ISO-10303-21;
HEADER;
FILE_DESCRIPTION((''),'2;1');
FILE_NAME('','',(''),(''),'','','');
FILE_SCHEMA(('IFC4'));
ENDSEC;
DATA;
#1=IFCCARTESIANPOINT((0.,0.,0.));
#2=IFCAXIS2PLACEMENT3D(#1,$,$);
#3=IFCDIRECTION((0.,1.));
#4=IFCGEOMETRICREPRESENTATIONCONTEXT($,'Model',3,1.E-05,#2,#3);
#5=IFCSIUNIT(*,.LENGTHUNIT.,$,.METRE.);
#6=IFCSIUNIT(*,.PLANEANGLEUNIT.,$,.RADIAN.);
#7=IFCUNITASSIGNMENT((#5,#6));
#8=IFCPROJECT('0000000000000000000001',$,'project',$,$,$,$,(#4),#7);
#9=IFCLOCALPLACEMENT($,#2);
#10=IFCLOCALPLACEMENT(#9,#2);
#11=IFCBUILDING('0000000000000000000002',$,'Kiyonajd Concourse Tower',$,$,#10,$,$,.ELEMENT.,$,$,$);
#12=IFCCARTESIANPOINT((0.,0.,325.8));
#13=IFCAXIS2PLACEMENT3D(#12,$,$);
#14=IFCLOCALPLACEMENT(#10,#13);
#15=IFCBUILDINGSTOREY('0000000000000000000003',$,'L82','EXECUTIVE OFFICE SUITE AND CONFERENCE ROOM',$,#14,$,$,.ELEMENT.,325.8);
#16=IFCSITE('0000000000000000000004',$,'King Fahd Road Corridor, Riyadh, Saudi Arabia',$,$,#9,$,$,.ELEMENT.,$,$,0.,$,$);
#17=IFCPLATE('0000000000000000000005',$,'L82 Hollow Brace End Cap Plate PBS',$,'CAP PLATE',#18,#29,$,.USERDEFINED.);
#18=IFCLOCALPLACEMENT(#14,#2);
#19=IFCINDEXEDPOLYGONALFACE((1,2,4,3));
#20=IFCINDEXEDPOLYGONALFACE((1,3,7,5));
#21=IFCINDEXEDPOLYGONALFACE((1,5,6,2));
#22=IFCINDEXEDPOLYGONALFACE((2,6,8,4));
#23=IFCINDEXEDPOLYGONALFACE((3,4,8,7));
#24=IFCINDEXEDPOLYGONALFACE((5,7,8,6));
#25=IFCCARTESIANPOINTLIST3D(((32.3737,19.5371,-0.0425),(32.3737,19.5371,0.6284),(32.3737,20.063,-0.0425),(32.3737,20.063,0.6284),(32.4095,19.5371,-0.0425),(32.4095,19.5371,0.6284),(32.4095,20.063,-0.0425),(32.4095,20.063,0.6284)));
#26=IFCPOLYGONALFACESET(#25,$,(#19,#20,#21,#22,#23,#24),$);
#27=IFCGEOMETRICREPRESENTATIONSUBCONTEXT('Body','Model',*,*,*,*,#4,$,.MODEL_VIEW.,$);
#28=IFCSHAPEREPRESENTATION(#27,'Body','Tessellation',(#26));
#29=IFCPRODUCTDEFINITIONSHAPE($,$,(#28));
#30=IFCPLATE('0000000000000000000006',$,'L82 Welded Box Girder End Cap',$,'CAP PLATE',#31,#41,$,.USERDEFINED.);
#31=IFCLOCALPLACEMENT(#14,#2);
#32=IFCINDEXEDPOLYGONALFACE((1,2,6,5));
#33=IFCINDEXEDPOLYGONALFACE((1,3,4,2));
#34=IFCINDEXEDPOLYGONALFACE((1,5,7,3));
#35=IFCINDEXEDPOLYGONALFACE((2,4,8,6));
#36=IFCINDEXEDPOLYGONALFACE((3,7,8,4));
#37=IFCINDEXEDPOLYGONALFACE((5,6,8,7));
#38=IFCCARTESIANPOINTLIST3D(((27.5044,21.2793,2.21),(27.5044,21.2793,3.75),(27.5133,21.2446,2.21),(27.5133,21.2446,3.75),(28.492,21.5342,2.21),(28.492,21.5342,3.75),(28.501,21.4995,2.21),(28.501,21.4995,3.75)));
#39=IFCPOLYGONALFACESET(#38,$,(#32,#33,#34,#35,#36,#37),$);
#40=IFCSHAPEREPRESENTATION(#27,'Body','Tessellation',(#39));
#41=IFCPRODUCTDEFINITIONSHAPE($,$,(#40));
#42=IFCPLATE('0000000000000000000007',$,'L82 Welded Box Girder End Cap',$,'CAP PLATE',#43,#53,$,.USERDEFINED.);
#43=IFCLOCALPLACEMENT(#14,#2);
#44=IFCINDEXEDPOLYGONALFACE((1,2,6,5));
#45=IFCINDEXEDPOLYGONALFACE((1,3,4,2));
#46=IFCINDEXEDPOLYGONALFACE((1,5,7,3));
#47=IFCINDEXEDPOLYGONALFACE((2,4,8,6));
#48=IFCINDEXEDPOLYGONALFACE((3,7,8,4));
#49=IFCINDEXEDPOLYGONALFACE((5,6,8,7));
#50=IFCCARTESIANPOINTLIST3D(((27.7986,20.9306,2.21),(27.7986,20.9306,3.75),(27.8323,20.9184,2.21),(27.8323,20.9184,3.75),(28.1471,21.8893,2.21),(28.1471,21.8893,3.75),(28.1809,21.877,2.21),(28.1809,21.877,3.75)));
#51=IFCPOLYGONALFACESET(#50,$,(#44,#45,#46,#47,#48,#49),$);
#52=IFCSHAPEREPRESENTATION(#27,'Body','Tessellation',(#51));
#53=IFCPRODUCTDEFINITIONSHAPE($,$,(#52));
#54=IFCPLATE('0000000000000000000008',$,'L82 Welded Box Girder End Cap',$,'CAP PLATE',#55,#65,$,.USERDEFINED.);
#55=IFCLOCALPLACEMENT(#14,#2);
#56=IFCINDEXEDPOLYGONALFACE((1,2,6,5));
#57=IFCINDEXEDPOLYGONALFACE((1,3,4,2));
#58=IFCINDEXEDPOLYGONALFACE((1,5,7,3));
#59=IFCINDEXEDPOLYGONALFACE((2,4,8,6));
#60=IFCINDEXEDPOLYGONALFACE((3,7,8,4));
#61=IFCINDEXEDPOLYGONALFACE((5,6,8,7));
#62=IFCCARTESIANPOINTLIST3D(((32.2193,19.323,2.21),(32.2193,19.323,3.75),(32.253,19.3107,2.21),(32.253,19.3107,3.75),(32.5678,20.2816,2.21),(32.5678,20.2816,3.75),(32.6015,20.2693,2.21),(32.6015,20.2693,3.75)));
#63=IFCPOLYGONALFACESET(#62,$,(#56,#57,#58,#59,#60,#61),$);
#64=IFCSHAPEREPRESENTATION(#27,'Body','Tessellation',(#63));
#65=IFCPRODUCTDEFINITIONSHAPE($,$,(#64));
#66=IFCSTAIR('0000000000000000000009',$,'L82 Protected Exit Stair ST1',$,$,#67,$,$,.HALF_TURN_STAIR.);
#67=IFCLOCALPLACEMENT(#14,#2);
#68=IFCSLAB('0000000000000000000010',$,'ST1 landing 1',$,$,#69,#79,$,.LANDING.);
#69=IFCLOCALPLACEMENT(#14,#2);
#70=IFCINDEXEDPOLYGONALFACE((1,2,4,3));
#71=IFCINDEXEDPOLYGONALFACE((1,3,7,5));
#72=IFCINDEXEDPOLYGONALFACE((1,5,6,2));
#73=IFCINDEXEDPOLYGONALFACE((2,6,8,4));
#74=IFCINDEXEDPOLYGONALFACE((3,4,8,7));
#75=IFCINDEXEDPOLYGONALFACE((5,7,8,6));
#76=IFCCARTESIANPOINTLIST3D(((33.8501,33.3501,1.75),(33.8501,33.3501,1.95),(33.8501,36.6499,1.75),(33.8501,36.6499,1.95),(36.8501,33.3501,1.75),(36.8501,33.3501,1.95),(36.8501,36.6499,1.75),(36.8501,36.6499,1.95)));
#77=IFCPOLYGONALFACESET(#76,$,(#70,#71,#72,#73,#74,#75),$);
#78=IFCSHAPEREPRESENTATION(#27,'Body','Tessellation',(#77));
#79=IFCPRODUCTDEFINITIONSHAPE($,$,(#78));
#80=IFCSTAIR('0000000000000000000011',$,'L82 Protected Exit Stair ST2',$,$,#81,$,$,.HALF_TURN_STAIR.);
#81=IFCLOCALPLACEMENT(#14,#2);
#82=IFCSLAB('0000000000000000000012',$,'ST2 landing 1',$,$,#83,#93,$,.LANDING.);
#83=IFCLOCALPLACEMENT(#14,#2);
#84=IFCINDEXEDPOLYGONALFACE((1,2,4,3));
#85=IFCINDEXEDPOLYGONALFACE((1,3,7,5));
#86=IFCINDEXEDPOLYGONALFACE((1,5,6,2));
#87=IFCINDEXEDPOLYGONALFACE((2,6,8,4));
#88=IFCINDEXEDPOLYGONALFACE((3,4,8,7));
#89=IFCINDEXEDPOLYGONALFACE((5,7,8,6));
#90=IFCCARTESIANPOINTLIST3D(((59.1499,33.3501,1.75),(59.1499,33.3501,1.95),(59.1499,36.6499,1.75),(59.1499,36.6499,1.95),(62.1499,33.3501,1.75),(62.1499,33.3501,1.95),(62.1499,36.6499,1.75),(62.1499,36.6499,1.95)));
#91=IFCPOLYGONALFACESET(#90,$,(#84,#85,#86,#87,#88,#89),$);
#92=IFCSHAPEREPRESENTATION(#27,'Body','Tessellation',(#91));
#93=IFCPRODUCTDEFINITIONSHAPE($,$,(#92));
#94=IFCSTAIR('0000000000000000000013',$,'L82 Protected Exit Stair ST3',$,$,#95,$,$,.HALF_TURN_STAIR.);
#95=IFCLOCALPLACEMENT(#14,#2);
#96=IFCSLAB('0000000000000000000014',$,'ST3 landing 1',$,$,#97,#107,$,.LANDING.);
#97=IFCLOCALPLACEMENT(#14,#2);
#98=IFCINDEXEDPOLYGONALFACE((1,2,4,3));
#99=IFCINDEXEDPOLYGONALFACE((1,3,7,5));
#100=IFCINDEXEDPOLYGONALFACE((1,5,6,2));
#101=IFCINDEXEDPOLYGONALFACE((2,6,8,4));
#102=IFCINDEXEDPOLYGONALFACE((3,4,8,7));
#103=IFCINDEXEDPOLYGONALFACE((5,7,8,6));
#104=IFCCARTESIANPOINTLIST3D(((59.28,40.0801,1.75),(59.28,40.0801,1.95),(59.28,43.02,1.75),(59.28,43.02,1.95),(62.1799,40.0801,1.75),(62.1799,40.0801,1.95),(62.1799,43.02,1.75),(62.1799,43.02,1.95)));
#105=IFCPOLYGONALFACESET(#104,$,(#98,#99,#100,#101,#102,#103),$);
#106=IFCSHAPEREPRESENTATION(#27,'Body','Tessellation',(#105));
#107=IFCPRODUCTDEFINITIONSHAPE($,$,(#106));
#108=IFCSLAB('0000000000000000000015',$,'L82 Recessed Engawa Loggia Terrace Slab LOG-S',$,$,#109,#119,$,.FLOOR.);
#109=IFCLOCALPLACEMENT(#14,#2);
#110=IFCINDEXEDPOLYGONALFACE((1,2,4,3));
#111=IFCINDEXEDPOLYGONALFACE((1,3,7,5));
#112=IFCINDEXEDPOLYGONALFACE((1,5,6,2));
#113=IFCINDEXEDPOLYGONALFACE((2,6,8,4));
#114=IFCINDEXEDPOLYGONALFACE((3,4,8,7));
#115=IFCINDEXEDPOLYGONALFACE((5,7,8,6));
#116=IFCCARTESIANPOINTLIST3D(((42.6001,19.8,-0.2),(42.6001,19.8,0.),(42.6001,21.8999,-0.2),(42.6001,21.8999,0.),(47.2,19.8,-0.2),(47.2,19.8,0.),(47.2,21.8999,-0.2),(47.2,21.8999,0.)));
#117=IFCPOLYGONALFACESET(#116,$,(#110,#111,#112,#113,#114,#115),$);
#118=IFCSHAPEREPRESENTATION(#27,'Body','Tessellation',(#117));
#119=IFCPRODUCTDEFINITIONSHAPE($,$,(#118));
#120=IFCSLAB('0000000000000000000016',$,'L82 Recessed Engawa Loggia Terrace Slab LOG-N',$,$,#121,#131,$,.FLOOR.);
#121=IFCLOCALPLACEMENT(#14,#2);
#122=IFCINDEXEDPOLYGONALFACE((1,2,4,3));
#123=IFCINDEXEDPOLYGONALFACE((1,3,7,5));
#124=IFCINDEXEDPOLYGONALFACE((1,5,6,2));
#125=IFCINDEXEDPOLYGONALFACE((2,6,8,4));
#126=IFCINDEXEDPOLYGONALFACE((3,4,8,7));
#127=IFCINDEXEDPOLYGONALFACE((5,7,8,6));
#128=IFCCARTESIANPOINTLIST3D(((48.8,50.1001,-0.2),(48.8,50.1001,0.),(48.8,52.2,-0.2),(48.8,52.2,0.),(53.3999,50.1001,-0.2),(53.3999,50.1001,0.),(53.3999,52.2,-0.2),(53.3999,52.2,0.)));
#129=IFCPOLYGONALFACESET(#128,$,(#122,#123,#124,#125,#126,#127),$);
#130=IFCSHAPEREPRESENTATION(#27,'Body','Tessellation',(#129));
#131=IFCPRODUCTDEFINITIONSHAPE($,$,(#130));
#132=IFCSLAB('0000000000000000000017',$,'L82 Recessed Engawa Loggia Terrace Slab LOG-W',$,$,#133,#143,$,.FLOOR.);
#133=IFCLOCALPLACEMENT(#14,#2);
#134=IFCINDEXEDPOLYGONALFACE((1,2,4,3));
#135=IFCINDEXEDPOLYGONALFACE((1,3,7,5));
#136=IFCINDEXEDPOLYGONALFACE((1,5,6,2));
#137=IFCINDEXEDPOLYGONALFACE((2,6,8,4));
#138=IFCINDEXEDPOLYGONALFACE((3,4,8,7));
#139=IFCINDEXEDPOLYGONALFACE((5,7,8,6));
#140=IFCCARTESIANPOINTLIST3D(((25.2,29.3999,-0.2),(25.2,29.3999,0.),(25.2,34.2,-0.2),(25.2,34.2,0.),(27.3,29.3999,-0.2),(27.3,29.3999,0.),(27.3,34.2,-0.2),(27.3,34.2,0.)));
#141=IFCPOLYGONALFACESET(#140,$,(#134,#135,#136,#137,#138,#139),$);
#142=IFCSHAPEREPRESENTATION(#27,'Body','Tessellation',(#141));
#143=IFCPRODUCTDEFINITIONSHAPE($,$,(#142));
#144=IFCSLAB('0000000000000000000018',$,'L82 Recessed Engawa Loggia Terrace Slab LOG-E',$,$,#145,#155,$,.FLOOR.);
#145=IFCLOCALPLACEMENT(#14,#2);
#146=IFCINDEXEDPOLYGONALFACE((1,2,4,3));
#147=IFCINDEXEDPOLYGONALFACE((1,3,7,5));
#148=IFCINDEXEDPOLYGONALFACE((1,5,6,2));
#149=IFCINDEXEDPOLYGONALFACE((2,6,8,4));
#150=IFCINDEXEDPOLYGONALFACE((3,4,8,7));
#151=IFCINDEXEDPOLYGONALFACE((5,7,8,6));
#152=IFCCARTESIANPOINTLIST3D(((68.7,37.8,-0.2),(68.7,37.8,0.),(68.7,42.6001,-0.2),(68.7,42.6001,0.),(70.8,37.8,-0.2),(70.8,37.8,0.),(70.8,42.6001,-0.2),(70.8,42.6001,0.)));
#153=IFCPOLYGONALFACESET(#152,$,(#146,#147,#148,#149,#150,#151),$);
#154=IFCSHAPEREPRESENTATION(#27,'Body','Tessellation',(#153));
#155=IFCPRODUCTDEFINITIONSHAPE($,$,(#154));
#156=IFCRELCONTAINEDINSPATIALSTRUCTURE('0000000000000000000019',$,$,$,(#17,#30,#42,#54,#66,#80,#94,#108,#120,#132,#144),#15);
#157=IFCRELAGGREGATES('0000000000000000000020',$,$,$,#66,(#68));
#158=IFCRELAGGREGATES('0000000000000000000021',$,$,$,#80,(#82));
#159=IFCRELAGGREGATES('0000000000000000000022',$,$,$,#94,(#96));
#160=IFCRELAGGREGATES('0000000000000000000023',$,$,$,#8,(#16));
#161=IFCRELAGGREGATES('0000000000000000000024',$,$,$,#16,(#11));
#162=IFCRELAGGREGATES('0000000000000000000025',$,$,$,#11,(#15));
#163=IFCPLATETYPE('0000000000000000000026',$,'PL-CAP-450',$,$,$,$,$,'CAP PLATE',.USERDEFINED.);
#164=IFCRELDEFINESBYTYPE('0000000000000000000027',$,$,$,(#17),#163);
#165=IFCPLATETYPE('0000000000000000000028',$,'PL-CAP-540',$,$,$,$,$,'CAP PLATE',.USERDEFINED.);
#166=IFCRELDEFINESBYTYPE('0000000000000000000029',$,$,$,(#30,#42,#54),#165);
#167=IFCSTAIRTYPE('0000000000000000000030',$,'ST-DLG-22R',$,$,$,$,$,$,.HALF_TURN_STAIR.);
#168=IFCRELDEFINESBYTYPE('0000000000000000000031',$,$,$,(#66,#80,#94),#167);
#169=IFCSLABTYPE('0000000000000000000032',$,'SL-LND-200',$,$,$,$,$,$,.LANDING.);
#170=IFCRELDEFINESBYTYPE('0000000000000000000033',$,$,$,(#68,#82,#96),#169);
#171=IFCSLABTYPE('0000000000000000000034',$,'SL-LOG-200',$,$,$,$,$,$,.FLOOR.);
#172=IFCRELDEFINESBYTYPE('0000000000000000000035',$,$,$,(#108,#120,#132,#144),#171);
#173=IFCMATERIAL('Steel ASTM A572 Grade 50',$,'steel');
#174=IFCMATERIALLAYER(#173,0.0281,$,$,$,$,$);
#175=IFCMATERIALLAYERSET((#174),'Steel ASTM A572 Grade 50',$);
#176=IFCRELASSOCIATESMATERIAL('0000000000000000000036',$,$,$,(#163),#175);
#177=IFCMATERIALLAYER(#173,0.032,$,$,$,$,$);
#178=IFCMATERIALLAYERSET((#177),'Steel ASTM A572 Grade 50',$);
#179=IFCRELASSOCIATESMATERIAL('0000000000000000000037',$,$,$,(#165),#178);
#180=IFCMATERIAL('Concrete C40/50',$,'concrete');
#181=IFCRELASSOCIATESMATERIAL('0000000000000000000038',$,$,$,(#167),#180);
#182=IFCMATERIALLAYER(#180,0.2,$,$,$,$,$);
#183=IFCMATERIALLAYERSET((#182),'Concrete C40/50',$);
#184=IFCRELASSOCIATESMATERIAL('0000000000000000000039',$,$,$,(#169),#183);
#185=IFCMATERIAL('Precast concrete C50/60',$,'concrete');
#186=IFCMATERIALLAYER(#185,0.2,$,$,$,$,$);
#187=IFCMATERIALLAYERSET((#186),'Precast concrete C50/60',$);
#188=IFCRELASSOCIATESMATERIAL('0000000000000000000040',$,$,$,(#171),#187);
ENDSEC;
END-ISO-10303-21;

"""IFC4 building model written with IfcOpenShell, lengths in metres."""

from ifc_helpers import new_model, si_unit, direction, frame, origin, origin_2d, place, context, subcontext, project, spatial, polyline, rectangle, outline, extrude, material, layer, layer_set, type_object, element, aggregate, save


model = new_model("IFC4")

# Units and contexts
model_context = context("Model", 3, precision=1e-05, world=origin(), true_north=direction((0.0, 1.0)))
body_context = subcontext(model_context, "Body", "Model", "MODEL_VIEW")
ifc_project = project(units=[si_unit("LENGTHUNIT", "METRE"), si_unit("PLANEANGLEUNIT", "RADIAN")], contexts=[model_context])

# Site, building, storey
site_placement = place(None, origin())
site = spatial("IfcSite", under=ifc_project, at=site_placement, Name="King Fahd Road Corridor, Riyadh, Saudi Arabia", CompositionType="ELEMENT", RefElevation=0.0)
building_placement = place(site_placement, origin())
building = spatial("IfcBuilding", under=site, at=building_placement, Name="Kiyonajd Concourse Tower", CompositionType="ELEMENT")
storey_placement = place(building_placement, frame((0.0, 0.0, 325.8)))
storey = spatial("IfcBuildingStorey", under=building, at=storey_placement, Name="L82", Description="EXECUTIVE OFFICE SUITE AND CONFERENCE ROOM", CompositionType="ELEMENT", Elevation=325.8)

# Shared definitions
ifc_material_1 = material(Name="Steel ASTM A572 Grade 50", Category="steel")

# Plates
ifc_layer_1 = layer(ifc_material_1, 0.0281)
ifc_layer_set_1 = layer_set([ifc_layer_1], Name="Steel ASTM A572 Grade 50")
plate_type_1 = type_object("IfcPlateType", Name="PL-CAP-450", ElementType="CAP PLATE", PredefinedType="USERDEFINED", material=ifc_layer_set_1)
plate_placement = place(storey_placement, frame((32.3916, 19.8, -0.0425), z_axis=(0.0, 0.0, 1.0), x_axis=(-1.0, 0.0, 0.0)))
element("IfcPlate", 1, at=plate_placement, inside=storey, type_object=plate_type_1, Name="L82 Hollow Brace End Cap Plate PBS", ObjectType="CAP PLATE", PredefinedType="USERDEFINED", context=body_context, shape_type="SweptSolid", body=[
    extrude(rectangle(XDim=0.0359, YDim=0.5259, at=origin_2d()), origin(), (0.0, 0.0, 1.0), 0.6709),
])
ifc_layer_2 = layer(ifc_material_1, 0.032)
ifc_layer_set_2 = layer_set([ifc_layer_2], Name="Steel ASTM A572 Grade 50")
plate_type_2 = type_object("IfcPlateType", Name="PL-CAP-540", ElementType="CAP PLATE", PredefinedType="USERDEFINED", material=ifc_layer_set_2)
for number, where, z_axis, x_axis, name in (
    (2, (28.0027, 21.3894, 2.21), (0.0, 0.0, 1.0), (0.249873, -0.968279, 0.0), "L82 Welded Box Girder End Cap"),
    (3, (27.9897, 21.4038, 2.21), (0.0, 0.0, 1.0), (-0.939812, 0.341692, 0.0), "L82 Welded Box Girder End Cap"),
    (4, (32.4104, 19.7961, 2.21), (0.0, 0.0, 1.0), (0.939812, -0.341692, 0.0), "L82 Welded Box Girder End Cap"),
):
    element("IfcPlate", number, at=place(storey_placement, frame(where, z_axis=z_axis, x_axis=x_axis)), inside=storey, type_object=plate_type_2, Name=name, ObjectType="CAP PLATE", PredefinedType="USERDEFINED", context=body_context, shape_type="SweptSolid", body=[
        extrude(rectangle(XDim=0.0359, YDim=1.02, at=origin_2d()), origin(), (0.0, 0.0, 1.0), 1.54),
    ])

# Stairs, slabs
ifc_material_2 = material(Name="Concrete C40/50", Category="concrete")
stair_type = type_object("IfcStairType", Name="ST-DLG-22R", PredefinedType="HALF_TURN_STAIR", material=ifc_material_2)
stair_1_placement = place(storey_placement, origin())
stair_1 = element("IfcStair", 5, at=stair_1_placement, inside=storey, type_object=stair_type, Name="L82 Protected Exit Stair ST1", PredefinedType="HALF_TURN_STAIR")
ifc_layer_3 = layer(ifc_material_2, 0.2)
ifc_layer_set_3 = layer_set([ifc_layer_3], Name="Concrete C40/50")
slab_type_1 = type_object("IfcSlabType", Name="SL-LND-200", PredefinedType="LANDING", material=ifc_layer_set_3)
slab_1_placement = place(storey_placement, frame((0.0, 0.0, 1.75)))
slab_1 = element("IfcSlab", 6, at=slab_1_placement, type_object=slab_type_1, Name="ST1 landing 1", PredefinedType="LANDING", context=body_context, shape_type="SweptSolid", body=[
    extrude(outline(polyline([(36.8501, 33.3501), (36.8501, 36.6499), (33.8501, 36.6499), (33.8501, 33.3501), (36.8501, 33.3501)])), origin(), (0.0, 0.0, 1.0), 0.2),
])
aggregate(stair_1, [slab_1])
stair_2_placement = place(storey_placement, origin())
stair_2 = element("IfcStair", 7, at=stair_2_placement, inside=storey, type_object=stair_type, Name="L82 Protected Exit Stair ST2", PredefinedType="HALF_TURN_STAIR")
slab_2_placement = place(storey_placement, frame((0.0, 0.0, 1.75)))
slab_2 = element("IfcSlab", 8, at=slab_2_placement, type_object=slab_type_1, Name="ST2 landing 1", PredefinedType="LANDING", context=body_context, shape_type="SweptSolid", body=[
    extrude(outline(polyline([(62.1499, 33.3501), (62.1499, 36.6499), (59.1499, 36.6499), (59.1499, 33.3501), (62.1499, 33.3501)])), origin(), (0.0, 0.0, 1.0), 0.2),
])
aggregate(stair_2, [slab_2])
stair_3_placement = place(storey_placement, origin())
stair_3 = element("IfcStair", 9, at=stair_3_placement, inside=storey, type_object=stair_type, Name="L82 Protected Exit Stair ST3", PredefinedType="HALF_TURN_STAIR")
slab_3_placement = place(storey_placement, frame((0.0, 0.0, 1.75)))
slab_3 = element("IfcSlab", 10, at=slab_3_placement, type_object=slab_type_1, Name="ST3 landing 1", PredefinedType="LANDING", context=body_context, shape_type="SweptSolid", body=[
    extrude(outline(polyline([(59.28, 40.0801), (62.1799, 40.0801), (62.1799, 43.02), (59.28, 43.02), (59.28, 40.0801)])), origin(), (0.0, 0.0, 1.0), 0.2),
])
aggregate(stair_3, [slab_3])

# Slabs
ifc_material_3 = material(Name="Precast concrete C50/60", Category="concrete")
ifc_layer_4 = layer(ifc_material_3, 0.2)
ifc_layer_set_4 = layer_set([ifc_layer_4], Name="Precast concrete C50/60")
slab_type_2 = type_object("IfcSlabType", Name="SL-LOG-200", PredefinedType="FLOOR", material=ifc_layer_set_4)
slab_4_placement = place(storey_placement, frame((0.0, 0.0, -0.2)))
element("IfcSlab", 11, at=slab_4_placement, inside=storey, type_object=slab_type_2, Name="L82 Recessed Engawa Loggia Terrace Slab LOG-S", PredefinedType="FLOOR", context=body_context, shape_type="SweptSolid", body=[
    extrude(outline(polyline([(42.6001, 19.8), (47.2, 19.8), (47.2, 21.8999), (42.6001, 21.8999), (42.6001, 19.8)])), origin(), (0.0, 0.0, 1.0), 0.2),
])
slab_5_placement = place(storey_placement, frame((0.0, 0.0, -0.2)))
element("IfcSlab", 12, at=slab_5_placement, inside=storey, type_object=slab_type_2, Name="L82 Recessed Engawa Loggia Terrace Slab LOG-N", PredefinedType="FLOOR", context=body_context, shape_type="SweptSolid", body=[
    extrude(outline(polyline([(48.8, 50.1001), (53.3999, 50.1001), (53.3999, 52.2), (48.8, 52.2), (48.8, 50.1001)])), origin(), (0.0, 0.0, 1.0), 0.2),
])
slab_6_placement = place(storey_placement, frame((0.0, 0.0, -0.2)))
element("IfcSlab", 13, at=slab_6_placement, inside=storey, type_object=slab_type_2, Name="L82 Recessed Engawa Loggia Terrace Slab LOG-W", PredefinedType="FLOOR", context=body_context, shape_type="SweptSolid", body=[
    extrude(outline(polyline([(25.2, 29.3999), (27.3, 29.3999), (27.3, 34.2), (25.2, 34.2), (25.2, 29.3999)])), origin(), (0.0, 0.0, 1.0), 0.2),
])
slab_7_placement = place(storey_placement, frame((0.0, 0.0, -0.2)))
element("IfcSlab", 14, at=slab_7_placement, inside=storey, type_object=slab_type_2, Name="L82 Recessed Engawa Loggia Terrace Slab LOG-E", PredefinedType="FLOOR", context=body_context, shape_type="SweptSolid", body=[
    extrude(outline(polyline([(68.7, 37.8), (70.8, 37.8), (70.8, 42.6001), (68.7, 42.6001), (68.7, 37.8)])), origin(), (0.0, 0.0, 1.0), 0.2),
])

save(model, "model.ifc")
